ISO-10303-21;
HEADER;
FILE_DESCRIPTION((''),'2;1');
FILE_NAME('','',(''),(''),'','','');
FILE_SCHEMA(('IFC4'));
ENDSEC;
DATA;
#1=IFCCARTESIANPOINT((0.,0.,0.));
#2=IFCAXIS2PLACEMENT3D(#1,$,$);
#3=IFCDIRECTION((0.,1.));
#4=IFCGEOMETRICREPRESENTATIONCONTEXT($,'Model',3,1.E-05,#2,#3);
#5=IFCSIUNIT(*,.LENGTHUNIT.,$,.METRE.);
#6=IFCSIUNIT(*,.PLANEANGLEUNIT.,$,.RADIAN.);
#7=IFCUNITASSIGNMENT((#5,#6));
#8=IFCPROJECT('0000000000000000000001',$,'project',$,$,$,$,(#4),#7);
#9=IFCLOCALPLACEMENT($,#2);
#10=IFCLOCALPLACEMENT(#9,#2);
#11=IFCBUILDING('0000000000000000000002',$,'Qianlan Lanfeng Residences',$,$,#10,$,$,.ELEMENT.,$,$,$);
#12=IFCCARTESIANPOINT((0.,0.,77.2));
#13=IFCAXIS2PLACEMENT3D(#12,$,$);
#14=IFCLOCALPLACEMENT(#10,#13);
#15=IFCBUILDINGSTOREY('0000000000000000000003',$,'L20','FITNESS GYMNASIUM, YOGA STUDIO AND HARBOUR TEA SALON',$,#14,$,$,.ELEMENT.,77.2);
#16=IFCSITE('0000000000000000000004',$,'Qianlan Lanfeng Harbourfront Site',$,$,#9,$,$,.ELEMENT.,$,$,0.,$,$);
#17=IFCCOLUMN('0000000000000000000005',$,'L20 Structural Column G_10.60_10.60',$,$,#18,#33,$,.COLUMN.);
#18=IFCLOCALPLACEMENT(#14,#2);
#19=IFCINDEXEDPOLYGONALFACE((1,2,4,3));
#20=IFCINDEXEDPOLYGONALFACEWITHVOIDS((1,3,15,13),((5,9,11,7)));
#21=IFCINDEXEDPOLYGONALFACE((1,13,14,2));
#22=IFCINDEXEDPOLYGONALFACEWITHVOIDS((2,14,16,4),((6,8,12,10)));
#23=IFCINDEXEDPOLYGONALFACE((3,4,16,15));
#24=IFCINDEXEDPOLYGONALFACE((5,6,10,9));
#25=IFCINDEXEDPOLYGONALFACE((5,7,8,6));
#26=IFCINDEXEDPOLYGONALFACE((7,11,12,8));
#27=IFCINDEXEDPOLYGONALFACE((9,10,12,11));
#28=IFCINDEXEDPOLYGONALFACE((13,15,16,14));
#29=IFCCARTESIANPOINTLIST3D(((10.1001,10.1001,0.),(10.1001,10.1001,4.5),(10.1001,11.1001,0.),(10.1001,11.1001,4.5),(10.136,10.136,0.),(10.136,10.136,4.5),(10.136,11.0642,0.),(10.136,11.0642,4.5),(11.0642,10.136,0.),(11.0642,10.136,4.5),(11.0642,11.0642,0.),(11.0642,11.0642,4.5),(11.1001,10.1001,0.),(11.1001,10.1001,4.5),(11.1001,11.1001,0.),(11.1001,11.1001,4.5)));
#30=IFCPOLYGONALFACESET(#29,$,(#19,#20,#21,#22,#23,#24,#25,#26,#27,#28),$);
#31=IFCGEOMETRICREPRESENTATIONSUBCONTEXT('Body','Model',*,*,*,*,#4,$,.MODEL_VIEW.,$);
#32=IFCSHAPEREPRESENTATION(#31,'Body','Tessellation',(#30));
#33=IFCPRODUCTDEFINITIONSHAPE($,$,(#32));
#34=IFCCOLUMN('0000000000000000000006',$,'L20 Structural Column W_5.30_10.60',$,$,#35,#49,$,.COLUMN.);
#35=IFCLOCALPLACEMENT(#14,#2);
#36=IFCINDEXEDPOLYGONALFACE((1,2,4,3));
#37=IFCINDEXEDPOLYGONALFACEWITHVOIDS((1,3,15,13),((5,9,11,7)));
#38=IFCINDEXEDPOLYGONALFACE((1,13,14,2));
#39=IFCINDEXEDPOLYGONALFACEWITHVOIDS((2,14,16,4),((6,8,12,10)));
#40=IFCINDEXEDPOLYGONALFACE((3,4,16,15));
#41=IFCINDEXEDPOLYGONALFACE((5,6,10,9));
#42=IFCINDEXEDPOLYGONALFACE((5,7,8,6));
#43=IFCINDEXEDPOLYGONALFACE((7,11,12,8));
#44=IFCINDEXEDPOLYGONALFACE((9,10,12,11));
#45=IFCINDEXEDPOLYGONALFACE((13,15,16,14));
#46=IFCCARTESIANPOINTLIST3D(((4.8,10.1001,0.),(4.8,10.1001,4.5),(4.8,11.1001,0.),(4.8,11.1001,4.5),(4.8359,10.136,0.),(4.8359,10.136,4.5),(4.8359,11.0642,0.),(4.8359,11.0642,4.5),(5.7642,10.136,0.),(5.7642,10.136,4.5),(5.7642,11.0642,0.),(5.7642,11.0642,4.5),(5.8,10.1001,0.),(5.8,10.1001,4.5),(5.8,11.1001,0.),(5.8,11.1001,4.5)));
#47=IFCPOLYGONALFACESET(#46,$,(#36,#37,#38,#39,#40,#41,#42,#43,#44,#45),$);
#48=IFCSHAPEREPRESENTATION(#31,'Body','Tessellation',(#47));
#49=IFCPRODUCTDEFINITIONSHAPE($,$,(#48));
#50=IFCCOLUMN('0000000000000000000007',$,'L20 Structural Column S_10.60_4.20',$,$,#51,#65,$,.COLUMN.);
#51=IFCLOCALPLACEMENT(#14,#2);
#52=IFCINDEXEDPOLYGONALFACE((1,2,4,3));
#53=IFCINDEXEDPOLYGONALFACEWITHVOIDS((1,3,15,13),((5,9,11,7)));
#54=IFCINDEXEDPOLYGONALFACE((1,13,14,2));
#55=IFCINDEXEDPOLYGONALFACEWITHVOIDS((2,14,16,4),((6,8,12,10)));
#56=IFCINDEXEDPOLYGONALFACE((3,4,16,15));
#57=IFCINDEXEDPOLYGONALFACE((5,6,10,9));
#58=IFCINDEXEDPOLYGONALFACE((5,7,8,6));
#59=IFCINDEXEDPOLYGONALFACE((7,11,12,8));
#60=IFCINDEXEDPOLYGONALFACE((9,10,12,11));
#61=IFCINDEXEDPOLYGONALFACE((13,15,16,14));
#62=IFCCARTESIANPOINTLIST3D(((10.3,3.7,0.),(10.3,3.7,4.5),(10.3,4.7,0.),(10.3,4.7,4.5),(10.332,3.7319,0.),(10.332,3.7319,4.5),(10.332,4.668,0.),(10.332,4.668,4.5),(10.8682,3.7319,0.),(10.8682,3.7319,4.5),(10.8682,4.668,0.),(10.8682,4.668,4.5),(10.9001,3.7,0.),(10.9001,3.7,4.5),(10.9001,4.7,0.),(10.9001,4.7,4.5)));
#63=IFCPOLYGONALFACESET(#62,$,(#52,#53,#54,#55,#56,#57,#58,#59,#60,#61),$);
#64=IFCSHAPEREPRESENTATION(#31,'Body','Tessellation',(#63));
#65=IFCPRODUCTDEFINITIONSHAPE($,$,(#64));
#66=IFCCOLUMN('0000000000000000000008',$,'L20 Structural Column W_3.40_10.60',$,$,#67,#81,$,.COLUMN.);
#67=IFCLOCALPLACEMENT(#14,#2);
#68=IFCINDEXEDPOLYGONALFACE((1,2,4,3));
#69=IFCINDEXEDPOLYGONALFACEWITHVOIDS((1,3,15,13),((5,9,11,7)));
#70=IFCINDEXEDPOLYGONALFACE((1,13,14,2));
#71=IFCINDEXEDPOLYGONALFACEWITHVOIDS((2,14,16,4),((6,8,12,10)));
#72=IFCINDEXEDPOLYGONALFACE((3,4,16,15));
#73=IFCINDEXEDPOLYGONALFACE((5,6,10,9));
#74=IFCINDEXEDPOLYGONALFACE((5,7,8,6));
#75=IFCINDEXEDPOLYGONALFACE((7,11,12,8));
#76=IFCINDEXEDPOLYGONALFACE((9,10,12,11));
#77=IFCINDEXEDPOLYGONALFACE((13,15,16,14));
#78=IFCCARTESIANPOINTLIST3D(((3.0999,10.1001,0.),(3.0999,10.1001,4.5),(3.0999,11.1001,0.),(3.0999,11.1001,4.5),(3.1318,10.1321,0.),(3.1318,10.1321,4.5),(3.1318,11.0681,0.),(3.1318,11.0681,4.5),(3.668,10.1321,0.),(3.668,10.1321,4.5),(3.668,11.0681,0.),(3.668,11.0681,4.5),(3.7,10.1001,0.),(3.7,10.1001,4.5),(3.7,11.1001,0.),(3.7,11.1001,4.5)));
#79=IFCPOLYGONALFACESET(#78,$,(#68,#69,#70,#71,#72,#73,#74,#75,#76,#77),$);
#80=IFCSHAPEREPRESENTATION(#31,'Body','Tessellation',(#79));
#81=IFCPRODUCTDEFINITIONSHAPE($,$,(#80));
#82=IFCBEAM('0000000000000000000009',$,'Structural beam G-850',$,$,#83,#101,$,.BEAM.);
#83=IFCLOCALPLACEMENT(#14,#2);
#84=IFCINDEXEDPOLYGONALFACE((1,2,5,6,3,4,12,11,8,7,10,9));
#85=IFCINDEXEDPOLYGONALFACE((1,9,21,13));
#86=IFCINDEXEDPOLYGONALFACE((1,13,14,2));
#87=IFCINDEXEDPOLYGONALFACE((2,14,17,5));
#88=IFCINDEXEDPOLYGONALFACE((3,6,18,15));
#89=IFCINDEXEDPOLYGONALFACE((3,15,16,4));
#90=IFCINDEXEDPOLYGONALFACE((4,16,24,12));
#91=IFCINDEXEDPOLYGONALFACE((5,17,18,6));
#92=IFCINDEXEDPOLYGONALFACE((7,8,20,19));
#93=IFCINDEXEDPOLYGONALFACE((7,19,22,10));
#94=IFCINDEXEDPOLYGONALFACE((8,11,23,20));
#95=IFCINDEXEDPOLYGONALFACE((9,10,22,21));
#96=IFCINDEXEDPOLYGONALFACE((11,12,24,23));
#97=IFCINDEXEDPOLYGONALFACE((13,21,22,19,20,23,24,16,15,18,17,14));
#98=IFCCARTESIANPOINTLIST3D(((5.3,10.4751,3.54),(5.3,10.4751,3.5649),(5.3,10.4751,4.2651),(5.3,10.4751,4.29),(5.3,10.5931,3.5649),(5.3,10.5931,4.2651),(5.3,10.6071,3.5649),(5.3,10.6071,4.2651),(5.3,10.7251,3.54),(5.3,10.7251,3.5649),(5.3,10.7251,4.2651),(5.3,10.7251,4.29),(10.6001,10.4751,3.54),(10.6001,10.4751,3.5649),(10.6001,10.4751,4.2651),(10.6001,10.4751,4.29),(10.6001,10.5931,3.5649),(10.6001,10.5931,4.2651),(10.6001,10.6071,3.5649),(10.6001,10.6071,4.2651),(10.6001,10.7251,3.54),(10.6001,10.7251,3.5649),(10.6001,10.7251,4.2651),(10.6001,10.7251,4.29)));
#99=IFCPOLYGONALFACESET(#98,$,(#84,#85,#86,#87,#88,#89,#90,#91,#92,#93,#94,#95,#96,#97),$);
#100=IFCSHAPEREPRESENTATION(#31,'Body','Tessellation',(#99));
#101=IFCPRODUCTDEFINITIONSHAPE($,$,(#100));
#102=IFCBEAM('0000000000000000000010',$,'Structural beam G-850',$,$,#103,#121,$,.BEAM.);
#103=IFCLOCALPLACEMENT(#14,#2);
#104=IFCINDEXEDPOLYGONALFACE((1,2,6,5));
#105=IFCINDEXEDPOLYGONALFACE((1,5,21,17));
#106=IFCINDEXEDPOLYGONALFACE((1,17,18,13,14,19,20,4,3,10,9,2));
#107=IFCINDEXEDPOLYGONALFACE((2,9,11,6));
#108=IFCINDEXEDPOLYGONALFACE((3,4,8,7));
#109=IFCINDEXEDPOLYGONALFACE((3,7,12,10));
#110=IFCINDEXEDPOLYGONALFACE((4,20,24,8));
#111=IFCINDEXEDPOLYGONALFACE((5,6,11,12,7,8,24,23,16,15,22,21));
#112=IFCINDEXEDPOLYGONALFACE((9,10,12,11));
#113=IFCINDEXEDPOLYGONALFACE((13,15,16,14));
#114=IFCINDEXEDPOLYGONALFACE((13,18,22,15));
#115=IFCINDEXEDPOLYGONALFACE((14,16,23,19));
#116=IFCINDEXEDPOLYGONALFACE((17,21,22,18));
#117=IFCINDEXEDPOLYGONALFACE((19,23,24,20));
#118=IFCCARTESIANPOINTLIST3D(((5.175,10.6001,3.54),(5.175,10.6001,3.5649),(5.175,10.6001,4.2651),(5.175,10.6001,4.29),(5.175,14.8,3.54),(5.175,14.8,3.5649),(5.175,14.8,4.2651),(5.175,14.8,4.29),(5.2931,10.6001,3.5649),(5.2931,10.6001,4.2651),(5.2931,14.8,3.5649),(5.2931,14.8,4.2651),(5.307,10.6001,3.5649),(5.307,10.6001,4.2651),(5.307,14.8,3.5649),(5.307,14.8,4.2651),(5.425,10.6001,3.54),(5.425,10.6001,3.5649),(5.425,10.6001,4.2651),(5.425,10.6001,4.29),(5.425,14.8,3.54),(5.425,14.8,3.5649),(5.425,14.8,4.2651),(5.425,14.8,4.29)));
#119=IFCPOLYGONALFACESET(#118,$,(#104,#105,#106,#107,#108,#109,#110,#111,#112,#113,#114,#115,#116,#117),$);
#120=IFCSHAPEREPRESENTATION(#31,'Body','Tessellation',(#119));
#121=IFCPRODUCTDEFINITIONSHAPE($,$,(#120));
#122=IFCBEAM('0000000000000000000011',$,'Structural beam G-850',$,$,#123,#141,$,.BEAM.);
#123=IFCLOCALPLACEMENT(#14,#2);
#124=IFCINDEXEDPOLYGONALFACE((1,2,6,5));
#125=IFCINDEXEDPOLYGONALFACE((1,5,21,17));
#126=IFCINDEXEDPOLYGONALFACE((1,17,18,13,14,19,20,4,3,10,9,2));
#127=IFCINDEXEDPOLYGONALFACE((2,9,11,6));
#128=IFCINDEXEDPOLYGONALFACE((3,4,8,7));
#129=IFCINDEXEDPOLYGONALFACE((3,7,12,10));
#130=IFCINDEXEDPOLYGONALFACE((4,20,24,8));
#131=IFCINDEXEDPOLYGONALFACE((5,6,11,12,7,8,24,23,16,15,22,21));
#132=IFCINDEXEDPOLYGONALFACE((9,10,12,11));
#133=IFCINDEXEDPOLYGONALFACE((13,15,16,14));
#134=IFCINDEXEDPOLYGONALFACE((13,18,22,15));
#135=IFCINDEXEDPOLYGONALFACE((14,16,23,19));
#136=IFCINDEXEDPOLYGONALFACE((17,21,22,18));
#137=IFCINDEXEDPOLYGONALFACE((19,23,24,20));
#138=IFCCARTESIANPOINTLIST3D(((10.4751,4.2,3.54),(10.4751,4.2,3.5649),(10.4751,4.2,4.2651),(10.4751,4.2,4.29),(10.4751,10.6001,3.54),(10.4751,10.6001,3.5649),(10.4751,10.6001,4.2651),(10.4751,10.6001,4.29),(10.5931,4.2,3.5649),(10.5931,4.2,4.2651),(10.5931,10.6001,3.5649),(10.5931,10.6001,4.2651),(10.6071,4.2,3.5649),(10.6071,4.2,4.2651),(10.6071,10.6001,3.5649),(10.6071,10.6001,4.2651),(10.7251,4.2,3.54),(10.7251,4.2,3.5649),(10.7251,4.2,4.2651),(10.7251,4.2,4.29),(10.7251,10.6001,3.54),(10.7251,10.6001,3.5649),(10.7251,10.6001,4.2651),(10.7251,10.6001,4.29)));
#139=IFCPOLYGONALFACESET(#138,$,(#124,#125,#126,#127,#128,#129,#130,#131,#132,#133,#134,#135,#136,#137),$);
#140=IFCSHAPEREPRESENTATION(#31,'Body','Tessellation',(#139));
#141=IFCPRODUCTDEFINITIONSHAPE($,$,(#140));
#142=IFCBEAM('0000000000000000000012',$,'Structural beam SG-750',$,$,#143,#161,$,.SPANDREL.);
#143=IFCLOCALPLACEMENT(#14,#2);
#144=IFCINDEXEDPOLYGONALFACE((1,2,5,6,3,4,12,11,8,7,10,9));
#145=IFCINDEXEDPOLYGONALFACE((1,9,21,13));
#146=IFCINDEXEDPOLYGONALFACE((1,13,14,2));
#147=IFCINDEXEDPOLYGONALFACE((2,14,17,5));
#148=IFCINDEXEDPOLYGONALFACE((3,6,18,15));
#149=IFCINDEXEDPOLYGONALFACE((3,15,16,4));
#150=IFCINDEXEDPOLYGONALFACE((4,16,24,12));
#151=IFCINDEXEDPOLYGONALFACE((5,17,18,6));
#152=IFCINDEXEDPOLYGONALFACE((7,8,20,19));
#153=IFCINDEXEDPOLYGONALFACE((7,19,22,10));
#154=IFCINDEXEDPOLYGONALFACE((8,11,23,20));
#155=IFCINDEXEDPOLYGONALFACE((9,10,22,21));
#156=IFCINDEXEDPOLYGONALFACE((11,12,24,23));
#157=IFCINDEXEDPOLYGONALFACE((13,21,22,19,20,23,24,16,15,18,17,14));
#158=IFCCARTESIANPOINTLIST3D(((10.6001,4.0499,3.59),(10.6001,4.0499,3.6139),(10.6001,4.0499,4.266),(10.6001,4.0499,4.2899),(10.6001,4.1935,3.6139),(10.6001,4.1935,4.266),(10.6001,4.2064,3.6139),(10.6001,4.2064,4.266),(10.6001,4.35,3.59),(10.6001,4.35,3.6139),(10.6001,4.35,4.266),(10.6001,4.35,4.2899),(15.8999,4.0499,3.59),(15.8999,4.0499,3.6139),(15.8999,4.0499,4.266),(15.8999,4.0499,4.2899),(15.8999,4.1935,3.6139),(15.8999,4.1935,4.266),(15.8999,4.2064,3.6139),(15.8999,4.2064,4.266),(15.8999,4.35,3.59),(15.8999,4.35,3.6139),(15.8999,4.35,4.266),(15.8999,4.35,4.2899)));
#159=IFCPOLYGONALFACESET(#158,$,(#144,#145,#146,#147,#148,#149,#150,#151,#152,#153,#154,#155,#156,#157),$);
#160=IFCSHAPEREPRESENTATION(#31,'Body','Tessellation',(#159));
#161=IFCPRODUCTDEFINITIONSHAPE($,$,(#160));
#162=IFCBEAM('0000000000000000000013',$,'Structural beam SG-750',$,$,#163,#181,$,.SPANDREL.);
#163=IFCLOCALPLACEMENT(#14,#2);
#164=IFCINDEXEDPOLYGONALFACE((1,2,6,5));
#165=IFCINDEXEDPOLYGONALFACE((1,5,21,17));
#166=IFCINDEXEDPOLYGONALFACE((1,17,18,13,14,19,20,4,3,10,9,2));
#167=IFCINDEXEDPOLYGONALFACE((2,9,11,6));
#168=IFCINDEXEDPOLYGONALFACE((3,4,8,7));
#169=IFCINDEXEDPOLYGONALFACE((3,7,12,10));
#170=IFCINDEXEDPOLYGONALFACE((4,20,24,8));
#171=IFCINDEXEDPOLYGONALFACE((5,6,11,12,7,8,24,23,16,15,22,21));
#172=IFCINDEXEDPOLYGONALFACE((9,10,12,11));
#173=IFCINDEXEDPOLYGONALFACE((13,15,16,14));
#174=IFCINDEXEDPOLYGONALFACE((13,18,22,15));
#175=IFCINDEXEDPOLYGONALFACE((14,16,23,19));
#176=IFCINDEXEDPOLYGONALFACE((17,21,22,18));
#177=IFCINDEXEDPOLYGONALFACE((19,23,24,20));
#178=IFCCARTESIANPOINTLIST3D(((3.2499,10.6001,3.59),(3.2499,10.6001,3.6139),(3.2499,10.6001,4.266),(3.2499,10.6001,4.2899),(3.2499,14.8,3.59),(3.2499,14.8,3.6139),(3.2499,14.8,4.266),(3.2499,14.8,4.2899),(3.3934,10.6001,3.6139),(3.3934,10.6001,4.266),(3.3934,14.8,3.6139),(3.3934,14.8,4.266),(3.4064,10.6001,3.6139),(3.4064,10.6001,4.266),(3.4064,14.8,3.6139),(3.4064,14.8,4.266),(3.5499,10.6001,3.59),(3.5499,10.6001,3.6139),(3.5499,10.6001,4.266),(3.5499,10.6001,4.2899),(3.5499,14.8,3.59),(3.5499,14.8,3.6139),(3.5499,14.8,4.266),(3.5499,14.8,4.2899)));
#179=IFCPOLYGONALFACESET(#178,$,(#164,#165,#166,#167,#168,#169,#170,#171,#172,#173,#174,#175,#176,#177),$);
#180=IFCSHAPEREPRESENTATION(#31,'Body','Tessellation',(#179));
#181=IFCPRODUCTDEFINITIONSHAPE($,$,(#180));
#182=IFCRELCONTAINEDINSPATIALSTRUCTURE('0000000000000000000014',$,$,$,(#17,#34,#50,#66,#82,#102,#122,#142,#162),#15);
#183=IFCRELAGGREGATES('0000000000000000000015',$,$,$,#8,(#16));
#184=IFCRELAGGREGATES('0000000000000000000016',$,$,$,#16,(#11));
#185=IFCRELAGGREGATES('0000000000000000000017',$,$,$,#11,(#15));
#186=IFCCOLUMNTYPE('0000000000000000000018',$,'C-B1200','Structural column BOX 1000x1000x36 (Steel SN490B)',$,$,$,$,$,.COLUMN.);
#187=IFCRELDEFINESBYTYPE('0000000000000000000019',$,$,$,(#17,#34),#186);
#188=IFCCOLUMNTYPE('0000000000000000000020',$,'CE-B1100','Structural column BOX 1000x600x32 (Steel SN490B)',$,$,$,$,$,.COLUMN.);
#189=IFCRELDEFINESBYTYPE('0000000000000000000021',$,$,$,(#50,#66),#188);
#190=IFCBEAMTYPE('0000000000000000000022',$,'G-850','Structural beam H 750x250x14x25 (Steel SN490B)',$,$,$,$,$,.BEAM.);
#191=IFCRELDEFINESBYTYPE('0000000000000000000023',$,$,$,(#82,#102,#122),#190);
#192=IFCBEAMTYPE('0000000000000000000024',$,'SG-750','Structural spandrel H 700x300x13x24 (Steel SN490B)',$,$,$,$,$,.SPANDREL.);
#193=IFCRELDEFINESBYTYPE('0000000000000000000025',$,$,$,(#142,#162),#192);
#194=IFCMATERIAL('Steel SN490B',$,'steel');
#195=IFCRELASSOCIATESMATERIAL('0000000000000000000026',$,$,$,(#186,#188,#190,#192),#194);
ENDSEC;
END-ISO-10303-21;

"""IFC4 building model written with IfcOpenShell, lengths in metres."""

from ifc_helpers import new_model, si_unit, direction, frame, origin, origin_2d, place, context, subcontext, project, spatial, hollow_rectangle, i_section, extrude, material, material_profile, profile_set, type_object, element, save


model = new_model("IFC4")

# Units and contexts
model_context = context("Model", 3, precision=1e-05, world=origin(), true_north=direction((0.0, 1.0)))
body_context = subcontext(model_context, "Body", "Model", "MODEL_VIEW")
ifc_project = project(units=[si_unit("LENGTHUNIT", "METRE"), si_unit("PLANEANGLEUNIT", "RADIAN")], contexts=[model_context])

# Site, building, storey
site_placement = place(None, origin())
site = spatial("IfcSite", under=ifc_project, at=site_placement, Name="Qianlan Lanfeng Harbourfront Site", CompositionType="ELEMENT", RefElevation=0.0)
building_placement = place(site_placement, origin())
building = spatial("IfcBuilding", under=site, at=building_placement, Name="Qianlan Lanfeng Residences", CompositionType="ELEMENT")
storey_placement = place(building_placement, frame((0.0, 0.0, 77.2)))
storey = spatial("IfcBuildingStorey", under=building, at=storey_placement, Name="L20", Description="FITNESS GYMNASIUM, YOGA STUDIO AND HARBOUR TEA SALON", CompositionType="ELEMENT", Elevation=77.2)

# Columns
ifc_material_1 = material(Name="Steel SN490B", Category="steel")
ifc_material_profile_1 = material_profile(ifc_material_1, hollow_rectangle(XDim=1.0, YDim=1.0, WallThickness=0.0359, at=origin_2d()), Name="BOX 1000x1000x36")
ifc_profile_set_1 = profile_set([ifc_material_profile_1], Name="Steel SN490B")
column_type_1 = type_object("IfcColumnType", Name="C-B1200", Description="Structural column BOX 1000x1000x36 (Steel SN490B)", PredefinedType="COLUMN", material=ifc_profile_set_1)
for number, where, z_axis, x_axis, name in (
    (1, (10.6001, 10.6001, 0.0), (0.0, 0.0, 1.0), (1.0, 0.0, 0.0), "L20 Structural Column G_10.60_10.60"),
    (2, (5.3, 10.6001, 0.0), (0.0, 0.0, 1.0), (1.0, 0.0, 0.0), "L20 Structural Column W_5.30_10.60"),
):
    element("IfcColumn", number, at=place(storey_placement, frame(where, z_axis=z_axis, x_axis=x_axis)), inside=storey, type_object=column_type_1, Name=name, PredefinedType="COLUMN", context=body_context, shape_type="SweptSolid", body=[
        extrude(hollow_rectangle(XDim=1.0, YDim=1.0, WallThickness=0.0359, at=origin_2d()), origin(), (0.0, 0.0, 1.0), 4.5),
    ])
ifc_material_profile_2 = material_profile(ifc_material_1, hollow_rectangle(XDim=0.6001, YDim=1.0, WallThickness=0.032, at=origin_2d()), Name="BOX 1000x600x32")
ifc_profile_set_2 = profile_set([ifc_material_profile_2], Name="Steel SN490B")
column_type_2 = type_object("IfcColumnType", Name="CE-B1100", Description="Structural column BOX 1000x600x32 (Steel SN490B)", PredefinedType="COLUMN", material=ifc_profile_set_2)
for number, where, z_axis, x_axis, name in (
    (3, (10.6001, 4.2, 0.0), (0.0, 0.0, 1.0), (1.0, 0.0, 0.0), "L20 Structural Column S_10.60_4.20"),
    (4, (3.3999, 10.6001, 0.0), (0.0, 0.0, 1.0), (1.0, 0.0, 0.0), "L20 Structural Column W_3.40_10.60"),
):
    element("IfcColumn", number, at=place(storey_placement, frame(where, z_axis=z_axis, x_axis=x_axis)), inside=storey, type_object=column_type_2, Name=name, PredefinedType="COLUMN", context=body_context, shape_type="SweptSolid", body=[
        extrude(hollow_rectangle(XDim=0.6001, YDim=1.0, WallThickness=0.032, at=origin_2d()), origin(), (0.0, 0.0, 1.0), 4.5),
    ])

# Beams
ifc_material_profile_3 = material_profile(ifc_material_1, i_section(OverallWidth=0.25, OverallDepth=0.75, WebThickness=0.0139, FlangeThickness=0.0249, at=origin_2d()), Name="H 750x250x14x25")
ifc_profile_set_3 = profile_set([ifc_material_profile_3], Name="Steel SN490B")
beam_type_1 = type_object("IfcBeamType", Name="G-850", Description="Structural beam H 750x250x14x25 (Steel SN490B)", PredefinedType="BEAM", material=ifc_profile_set_3)
beam_1_placement = place(storey_placement, frame((5.3, 10.6001, 3.915), z_axis=(1.0, 0.0, 0.0), x_axis=(0.0, 1.0, 0.0)))
element("IfcBeam", 5, at=beam_1_placement, inside=storey, type_object=beam_type_1, Name="Structural beam G-850", PredefinedType="BEAM", context=body_context, shape_type="SweptSolid", body=[
    extrude(i_section(OverallWidth=0.25, OverallDepth=0.75, WebThickness=0.0139, FlangeThickness=0.0249, at=origin_2d()), origin(), (0.0, 0.0, 1.0), 5.3),
])
beam_2_placement = place(storey_placement, frame((5.3, 10.6001, 3.915), z_axis=(0.0, 1.0, 0.0), x_axis=(-1.0, 0.0, 0.0)))
element("IfcBeam", 6, at=beam_2_placement, inside=storey, type_object=beam_type_1, Name="Structural beam G-850", PredefinedType="BEAM", context=body_context, shape_type="SweptSolid", body=[
    extrude(i_section(OverallWidth=0.25, OverallDepth=0.75, WebThickness=0.0139, FlangeThickness=0.0249, at=origin_2d()), origin(), (0.0, 0.0, 1.0), 4.2),
])
beam_3_placement = place(storey_placement, frame((10.6001, 4.2, 3.915), z_axis=(0.0, 1.0, 0.0), x_axis=(-1.0, 0.0, 0.0)))
element("IfcBeam", 7, at=beam_3_placement, inside=storey, type_object=beam_type_1, Name="Structural beam G-850", PredefinedType="BEAM", context=body_context, shape_type="SweptSolid", body=[
    extrude(i_section(OverallWidth=0.25, OverallDepth=0.75, WebThickness=0.0139, FlangeThickness=0.0249, at=origin_2d()), origin(), (0.0, 0.0, 1.0), 6.4001),
])
ifc_material_profile_4 = material_profile(ifc_material_1, i_section(OverallWidth=0.3, OverallDepth=0.7, WebThickness=0.0129, FlangeThickness=0.0239, at=origin_2d()), Name="H 700x300x13x24")
ifc_profile_set_4 = profile_set([ifc_material_profile_4], Name="Steel SN490B")
beam_type_2 = type_object("IfcBeamType", Name="SG-750", Description="Structural spandrel H 700x300x13x24 (Steel SN490B)", PredefinedType="SPANDREL", material=ifc_profile_set_4)
beam_4_placement = place(storey_placement, frame((10.6001, 4.2, 3.9399), z_axis=(1.0, 0.0, 0.0), x_axis=(0.0, 1.0, 0.0)))
element("IfcBeam", 8, at=beam_4_placement, inside=storey, type_object=beam_type_2, Name="Structural beam SG-750", PredefinedType="SPANDREL", context=body_context, shape_type="SweptSolid", body=[
    extrude(i_section(OverallWidth=0.3, OverallDepth=0.7, WebThickness=0.0129, FlangeThickness=0.0239, at=origin_2d()), origin(), (0.0, 0.0, 1.0), 5.2998),
])
beam_5_placement = place(storey_placement, frame((3.3999, 10.6001, 3.9399), z_axis=(0.0, 1.0, 0.0), x_axis=(-1.0, 0.0, 0.0)))
element("IfcBeam", 9, at=beam_5_placement, inside=storey, type_object=beam_type_2, Name="Structural beam SG-750", PredefinedType="SPANDREL", context=body_context, shape_type="SweptSolid", body=[
    extrude(i_section(OverallWidth=0.3, OverallDepth=0.7, WebThickness=0.0129, FlangeThickness=0.0239, at=origin_2d()), origin(), (0.0, 0.0, 1.0), 4.2),
])

save(model, "model.ifc")
